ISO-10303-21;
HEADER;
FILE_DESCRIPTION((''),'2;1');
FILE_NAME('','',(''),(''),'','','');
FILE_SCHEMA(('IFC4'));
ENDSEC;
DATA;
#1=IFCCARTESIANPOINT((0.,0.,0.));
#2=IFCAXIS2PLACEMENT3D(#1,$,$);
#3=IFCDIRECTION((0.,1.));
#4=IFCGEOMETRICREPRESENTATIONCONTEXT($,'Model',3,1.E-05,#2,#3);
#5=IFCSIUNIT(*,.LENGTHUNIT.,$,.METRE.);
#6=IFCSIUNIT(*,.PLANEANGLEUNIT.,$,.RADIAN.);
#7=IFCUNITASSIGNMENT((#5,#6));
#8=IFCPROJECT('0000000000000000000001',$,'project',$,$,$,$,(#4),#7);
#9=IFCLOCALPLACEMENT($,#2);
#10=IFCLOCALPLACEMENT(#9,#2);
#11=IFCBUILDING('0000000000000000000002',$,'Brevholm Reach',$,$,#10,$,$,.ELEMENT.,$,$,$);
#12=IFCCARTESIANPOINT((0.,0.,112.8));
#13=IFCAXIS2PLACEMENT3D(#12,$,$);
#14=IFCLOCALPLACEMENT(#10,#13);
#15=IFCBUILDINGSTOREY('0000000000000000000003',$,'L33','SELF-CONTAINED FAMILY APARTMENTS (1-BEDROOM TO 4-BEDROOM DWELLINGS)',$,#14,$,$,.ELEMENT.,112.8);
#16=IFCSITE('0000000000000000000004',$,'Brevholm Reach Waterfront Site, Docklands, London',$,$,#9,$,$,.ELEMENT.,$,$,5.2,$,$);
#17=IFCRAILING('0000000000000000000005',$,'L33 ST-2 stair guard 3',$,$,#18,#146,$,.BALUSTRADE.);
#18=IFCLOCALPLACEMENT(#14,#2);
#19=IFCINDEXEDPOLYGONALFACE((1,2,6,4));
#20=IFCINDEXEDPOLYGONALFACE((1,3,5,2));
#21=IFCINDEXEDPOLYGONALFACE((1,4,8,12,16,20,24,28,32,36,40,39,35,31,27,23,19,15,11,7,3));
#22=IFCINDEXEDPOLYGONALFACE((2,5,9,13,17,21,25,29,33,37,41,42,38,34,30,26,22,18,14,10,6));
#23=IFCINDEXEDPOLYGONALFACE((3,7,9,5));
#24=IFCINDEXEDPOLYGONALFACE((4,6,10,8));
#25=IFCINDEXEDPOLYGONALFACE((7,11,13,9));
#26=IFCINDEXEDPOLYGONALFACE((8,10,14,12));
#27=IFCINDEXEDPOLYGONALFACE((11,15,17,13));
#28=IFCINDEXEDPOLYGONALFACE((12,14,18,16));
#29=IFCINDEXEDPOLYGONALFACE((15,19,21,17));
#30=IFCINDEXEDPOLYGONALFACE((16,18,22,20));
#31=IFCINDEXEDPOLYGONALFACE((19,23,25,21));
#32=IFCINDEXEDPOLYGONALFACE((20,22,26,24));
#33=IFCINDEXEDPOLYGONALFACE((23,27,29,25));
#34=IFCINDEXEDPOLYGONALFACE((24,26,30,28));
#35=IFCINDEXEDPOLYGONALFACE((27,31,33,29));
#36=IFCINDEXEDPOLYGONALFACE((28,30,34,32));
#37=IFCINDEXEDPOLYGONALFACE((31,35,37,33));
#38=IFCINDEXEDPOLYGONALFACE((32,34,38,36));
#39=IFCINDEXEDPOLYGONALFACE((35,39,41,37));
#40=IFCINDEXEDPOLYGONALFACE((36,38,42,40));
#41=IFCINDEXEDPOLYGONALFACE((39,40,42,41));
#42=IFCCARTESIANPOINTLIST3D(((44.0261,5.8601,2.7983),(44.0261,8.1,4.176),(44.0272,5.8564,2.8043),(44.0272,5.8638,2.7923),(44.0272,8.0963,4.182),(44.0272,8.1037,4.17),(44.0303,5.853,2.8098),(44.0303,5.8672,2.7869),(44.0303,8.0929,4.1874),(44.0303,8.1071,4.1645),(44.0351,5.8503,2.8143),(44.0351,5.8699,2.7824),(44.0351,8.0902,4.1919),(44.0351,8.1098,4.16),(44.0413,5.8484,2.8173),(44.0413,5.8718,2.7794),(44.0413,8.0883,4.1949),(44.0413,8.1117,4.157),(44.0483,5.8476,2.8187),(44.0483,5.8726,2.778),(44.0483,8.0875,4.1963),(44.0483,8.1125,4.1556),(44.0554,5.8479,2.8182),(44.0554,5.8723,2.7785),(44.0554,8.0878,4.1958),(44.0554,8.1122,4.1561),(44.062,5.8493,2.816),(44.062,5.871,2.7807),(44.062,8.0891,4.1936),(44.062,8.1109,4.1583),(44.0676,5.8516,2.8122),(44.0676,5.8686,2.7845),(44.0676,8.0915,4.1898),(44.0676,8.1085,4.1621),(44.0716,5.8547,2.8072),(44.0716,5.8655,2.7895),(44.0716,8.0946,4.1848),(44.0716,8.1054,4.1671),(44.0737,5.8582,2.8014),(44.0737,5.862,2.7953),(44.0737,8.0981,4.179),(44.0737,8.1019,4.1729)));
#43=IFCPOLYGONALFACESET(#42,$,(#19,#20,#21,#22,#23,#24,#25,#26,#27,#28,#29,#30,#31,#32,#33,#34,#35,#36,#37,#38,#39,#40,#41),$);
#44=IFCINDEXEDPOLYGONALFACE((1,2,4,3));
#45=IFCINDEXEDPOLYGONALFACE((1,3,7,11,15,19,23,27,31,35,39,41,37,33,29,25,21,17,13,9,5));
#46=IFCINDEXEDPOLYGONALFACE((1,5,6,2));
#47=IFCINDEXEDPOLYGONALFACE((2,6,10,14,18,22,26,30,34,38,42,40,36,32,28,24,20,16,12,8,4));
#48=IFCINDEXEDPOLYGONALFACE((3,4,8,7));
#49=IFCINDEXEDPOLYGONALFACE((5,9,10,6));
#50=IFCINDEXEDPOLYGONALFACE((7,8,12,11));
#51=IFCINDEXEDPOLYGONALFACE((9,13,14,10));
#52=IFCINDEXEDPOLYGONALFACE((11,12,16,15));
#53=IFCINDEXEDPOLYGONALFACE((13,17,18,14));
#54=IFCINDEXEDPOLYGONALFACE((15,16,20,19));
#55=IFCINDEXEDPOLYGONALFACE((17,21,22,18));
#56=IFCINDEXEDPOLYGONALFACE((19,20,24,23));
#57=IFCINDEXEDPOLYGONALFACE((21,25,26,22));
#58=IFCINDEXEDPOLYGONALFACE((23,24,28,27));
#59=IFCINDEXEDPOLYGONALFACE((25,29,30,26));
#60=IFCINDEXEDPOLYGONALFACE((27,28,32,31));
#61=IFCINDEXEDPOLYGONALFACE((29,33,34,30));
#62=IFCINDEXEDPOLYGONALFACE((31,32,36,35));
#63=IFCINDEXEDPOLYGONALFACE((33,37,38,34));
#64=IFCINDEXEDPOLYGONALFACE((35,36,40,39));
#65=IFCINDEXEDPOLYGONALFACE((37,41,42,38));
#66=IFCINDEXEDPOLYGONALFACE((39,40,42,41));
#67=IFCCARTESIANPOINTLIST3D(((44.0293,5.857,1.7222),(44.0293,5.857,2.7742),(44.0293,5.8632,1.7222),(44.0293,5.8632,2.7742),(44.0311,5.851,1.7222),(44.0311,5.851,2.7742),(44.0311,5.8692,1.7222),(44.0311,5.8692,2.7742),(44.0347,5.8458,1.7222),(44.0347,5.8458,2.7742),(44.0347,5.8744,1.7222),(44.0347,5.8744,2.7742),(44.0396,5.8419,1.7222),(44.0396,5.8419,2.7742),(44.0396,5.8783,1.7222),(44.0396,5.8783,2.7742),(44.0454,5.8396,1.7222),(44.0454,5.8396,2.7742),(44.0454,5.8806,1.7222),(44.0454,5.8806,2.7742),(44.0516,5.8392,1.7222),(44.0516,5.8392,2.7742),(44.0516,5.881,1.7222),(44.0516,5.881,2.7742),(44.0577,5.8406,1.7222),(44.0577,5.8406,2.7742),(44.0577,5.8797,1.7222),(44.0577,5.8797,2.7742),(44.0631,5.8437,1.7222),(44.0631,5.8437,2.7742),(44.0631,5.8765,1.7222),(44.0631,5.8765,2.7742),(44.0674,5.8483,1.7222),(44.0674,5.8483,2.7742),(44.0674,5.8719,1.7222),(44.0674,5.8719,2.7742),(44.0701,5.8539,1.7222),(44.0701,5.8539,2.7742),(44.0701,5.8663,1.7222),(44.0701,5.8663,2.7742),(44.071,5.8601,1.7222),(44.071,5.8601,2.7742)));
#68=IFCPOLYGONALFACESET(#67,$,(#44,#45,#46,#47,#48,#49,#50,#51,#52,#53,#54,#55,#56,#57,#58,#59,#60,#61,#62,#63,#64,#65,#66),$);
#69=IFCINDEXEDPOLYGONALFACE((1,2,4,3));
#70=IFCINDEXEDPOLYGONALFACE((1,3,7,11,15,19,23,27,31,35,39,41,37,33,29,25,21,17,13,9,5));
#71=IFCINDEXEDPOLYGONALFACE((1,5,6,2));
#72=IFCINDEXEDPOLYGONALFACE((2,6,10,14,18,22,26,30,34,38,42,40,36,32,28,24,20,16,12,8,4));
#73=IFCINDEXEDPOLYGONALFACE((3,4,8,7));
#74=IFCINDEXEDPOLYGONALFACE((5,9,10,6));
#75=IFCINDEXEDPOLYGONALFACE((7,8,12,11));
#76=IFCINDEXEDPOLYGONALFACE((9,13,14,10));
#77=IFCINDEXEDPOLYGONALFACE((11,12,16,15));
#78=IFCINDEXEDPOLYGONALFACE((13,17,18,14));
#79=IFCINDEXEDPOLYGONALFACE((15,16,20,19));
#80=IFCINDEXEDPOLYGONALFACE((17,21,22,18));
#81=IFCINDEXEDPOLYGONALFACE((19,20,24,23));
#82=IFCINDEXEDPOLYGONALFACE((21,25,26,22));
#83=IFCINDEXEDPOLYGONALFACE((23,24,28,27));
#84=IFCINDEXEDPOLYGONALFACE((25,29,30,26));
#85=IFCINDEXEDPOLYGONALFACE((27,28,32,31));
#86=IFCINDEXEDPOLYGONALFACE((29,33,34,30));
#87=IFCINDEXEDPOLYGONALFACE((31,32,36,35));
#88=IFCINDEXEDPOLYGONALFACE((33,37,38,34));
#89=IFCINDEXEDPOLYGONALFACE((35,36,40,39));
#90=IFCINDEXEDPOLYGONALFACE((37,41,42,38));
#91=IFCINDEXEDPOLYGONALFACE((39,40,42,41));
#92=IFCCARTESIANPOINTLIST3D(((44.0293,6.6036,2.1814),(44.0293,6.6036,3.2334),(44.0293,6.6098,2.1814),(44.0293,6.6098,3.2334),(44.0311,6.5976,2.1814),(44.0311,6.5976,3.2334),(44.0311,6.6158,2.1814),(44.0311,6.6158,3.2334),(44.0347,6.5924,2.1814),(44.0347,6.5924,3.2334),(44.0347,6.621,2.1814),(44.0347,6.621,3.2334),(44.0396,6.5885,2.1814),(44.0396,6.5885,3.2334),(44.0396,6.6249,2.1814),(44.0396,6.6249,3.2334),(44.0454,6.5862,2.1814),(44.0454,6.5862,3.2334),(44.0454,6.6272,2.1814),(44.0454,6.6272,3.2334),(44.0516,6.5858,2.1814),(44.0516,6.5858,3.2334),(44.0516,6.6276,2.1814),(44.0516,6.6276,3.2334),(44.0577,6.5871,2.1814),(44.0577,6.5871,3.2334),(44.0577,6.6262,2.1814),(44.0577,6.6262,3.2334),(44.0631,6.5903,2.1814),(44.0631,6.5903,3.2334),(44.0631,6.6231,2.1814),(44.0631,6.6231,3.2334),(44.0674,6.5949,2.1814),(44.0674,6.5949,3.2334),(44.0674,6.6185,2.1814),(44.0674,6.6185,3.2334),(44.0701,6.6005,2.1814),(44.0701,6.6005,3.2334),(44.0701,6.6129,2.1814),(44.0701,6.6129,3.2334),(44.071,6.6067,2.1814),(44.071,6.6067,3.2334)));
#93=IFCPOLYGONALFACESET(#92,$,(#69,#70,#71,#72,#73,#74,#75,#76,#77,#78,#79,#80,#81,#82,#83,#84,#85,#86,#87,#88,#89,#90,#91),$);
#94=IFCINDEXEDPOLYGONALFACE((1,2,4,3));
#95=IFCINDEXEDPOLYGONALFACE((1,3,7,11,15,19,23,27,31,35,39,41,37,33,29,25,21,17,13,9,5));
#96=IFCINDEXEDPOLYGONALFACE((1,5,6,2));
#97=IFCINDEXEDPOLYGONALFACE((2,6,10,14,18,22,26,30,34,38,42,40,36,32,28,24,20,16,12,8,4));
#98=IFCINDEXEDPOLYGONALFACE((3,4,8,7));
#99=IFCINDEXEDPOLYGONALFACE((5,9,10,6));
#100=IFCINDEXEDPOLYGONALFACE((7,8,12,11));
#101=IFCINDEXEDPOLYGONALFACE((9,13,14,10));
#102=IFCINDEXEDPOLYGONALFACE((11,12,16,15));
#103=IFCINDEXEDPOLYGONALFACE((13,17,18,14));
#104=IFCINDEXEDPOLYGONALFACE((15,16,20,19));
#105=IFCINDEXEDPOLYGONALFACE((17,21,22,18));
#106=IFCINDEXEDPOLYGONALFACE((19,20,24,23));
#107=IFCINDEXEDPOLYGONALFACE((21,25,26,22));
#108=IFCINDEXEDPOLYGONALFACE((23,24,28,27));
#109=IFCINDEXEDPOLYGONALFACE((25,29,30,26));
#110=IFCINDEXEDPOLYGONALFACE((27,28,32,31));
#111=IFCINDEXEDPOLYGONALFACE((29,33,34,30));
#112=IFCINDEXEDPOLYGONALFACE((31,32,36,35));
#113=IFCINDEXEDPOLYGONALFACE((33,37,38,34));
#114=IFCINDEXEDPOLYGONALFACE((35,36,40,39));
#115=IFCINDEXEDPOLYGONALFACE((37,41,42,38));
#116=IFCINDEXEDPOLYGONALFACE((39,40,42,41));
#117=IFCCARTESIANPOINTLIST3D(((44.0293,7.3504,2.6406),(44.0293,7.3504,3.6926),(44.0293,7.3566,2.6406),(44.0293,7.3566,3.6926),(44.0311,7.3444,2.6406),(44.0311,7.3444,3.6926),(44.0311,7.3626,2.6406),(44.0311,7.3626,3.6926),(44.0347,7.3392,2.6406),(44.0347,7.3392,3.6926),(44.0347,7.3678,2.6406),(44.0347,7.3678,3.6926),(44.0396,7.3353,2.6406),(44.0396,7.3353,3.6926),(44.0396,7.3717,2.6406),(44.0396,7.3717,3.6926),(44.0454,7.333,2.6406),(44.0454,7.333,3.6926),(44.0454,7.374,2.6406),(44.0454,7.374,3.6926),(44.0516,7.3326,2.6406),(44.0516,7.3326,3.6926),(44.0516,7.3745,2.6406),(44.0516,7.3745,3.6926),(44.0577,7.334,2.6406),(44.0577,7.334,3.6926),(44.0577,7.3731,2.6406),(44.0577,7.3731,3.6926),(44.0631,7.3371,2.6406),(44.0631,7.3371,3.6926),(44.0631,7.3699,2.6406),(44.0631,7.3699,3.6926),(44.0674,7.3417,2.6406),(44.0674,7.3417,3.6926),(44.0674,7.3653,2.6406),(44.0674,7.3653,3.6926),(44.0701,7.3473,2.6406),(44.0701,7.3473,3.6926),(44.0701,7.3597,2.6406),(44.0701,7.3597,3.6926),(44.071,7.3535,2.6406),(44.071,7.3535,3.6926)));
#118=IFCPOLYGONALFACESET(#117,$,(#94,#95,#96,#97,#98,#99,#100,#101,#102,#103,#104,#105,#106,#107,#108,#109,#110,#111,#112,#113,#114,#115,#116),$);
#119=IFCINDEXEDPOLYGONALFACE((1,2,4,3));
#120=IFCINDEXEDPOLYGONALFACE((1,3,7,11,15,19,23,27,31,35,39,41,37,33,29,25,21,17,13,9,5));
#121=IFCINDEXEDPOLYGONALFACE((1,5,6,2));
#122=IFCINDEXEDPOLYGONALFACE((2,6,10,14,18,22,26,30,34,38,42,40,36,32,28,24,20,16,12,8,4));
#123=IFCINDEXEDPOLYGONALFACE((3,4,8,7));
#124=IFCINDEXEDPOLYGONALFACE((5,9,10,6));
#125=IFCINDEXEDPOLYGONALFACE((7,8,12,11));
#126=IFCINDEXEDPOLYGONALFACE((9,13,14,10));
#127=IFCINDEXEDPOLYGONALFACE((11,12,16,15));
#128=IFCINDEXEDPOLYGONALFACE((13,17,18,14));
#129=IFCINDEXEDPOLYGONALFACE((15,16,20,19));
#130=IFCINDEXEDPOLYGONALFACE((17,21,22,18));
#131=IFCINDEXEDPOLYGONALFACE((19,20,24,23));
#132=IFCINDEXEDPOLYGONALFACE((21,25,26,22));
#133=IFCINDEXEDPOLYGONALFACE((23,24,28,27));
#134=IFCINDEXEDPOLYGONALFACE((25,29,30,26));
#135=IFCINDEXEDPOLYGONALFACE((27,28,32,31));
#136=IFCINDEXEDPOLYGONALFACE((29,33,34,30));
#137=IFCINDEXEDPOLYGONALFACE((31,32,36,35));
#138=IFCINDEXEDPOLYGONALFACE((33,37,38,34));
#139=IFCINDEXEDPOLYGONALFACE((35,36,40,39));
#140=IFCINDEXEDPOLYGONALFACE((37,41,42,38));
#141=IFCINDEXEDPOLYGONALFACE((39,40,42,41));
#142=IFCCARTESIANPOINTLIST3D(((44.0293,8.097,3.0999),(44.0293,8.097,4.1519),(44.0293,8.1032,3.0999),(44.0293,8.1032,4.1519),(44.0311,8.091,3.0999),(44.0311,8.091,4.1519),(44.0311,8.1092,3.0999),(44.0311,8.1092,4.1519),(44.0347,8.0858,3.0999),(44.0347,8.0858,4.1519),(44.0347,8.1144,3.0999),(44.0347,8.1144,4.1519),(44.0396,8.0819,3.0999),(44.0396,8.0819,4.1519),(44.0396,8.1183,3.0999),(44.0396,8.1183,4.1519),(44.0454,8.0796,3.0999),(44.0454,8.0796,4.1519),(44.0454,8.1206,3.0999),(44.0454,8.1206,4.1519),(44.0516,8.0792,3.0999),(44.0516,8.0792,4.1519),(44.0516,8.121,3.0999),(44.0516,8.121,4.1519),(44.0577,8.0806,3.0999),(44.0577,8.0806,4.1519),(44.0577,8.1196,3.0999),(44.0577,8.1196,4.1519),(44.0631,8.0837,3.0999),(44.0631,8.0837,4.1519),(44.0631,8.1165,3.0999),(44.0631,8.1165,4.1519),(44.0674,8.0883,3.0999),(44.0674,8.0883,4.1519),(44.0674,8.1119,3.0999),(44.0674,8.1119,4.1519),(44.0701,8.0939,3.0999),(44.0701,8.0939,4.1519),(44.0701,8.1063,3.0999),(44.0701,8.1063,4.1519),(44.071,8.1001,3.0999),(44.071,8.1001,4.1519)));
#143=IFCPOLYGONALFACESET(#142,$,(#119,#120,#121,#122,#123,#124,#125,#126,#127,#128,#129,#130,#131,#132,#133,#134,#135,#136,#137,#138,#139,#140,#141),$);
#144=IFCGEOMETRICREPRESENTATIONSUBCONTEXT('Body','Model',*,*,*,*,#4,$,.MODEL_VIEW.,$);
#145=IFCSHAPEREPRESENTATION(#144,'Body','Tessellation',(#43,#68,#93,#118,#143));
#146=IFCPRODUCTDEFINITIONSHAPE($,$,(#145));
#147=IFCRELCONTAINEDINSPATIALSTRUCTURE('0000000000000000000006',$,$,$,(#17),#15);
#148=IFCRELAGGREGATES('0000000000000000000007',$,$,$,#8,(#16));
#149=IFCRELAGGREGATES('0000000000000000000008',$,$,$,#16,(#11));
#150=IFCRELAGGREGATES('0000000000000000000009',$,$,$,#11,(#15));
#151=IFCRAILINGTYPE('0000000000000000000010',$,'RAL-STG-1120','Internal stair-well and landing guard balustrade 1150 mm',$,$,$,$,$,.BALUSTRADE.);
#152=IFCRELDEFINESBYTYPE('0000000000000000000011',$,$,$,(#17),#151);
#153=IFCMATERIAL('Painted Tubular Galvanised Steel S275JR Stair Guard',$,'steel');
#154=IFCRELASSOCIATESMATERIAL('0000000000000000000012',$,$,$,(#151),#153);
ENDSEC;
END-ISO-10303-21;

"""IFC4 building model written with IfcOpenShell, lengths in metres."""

from ifc_helpers import new_model, si_unit, direction, frame, origin, origin_2d, place, context, subcontext, project, spatial, circle, extrude, material, type_object, element, save


model = new_model("IFC4")

# Units and contexts
model_context = context("Model", 3, precision=1e-05, world=origin(), true_north=direction((0.0, 1.0)))
body_context = subcontext(model_context, "Body", "Model", "MODEL_VIEW")
ifc_project = project(units=[si_unit("LENGTHUNIT", "METRE"), si_unit("PLANEANGLEUNIT", "RADIAN")], contexts=[model_context])

# Site, building, storey
site_placement = place(None, origin())
site = spatial("IfcSite", under=ifc_project, at=site_placement, Name="Brevholm Reach Waterfront Site, Docklands, London", CompositionType="ELEMENT", RefElevation=5.2)
building_placement = place(site_placement, origin())
building = spatial("IfcBuilding", under=site, at=building_placement, Name="Brevholm Reach", CompositionType="ELEMENT")
storey_placement = place(building_placement, frame((0.0, 0.0, 112.8)))
storey = spatial("IfcBuildingStorey", under=building, at=storey_placement, Name="L33", Description="SELF-CONTAINED FAMILY APARTMENTS (1-BEDROOM TO 4-BEDROOM DWELLINGS)", CompositionType="ELEMENT", Elevation=112.8)

# Railing
ifc_material_1 = material(Name="Painted Tubular Galvanised Steel S275JR Stair Guard", Category="steel")
railing_type_1 = type_object("IfcRailingType", Name="RAL-STG-1120", Description="Internal stair-well and landing guard balustrade 1150 mm", PredefinedType="BALUSTRADE", material=ifc_material_1)
railing_1_placement = place(storey_placement, frame((44.05, 5.8601, 1.7222)))
element("IfcRailing", 1, at=railing_1_placement, inside=storey, type_object=railing_type_1, Name="L33 ST-2 stair guard 3", PredefinedType="BALUSTRADE", context=body_context, shape_type="SweptSolid", body=[
    extrude(circle(Radius=0.0239, at=origin_2d()), frame((0.0, 0.0, 1.0762), z_axis=(0.0, 0.851789, 0.523885), x_axis=(-1.0, 0.0, 0.0)), (0.0, 0.0, 1.0), 2.6296),
    extrude(circle(Radius=0.021, at=origin_2d()), origin(), (0.0, 0.0, 1.0), 1.052),
    extrude(circle(Radius=0.021, at=origin_2d()), frame((0.0, 0.7466, 0.4592)), (0.0, 0.0, 1.0), 1.052),
    extrude(circle(Radius=0.021, at=origin_2d()), frame((0.0, 1.4934, 0.9185)), (0.0, 0.0, 1.0), 1.052),
    extrude(circle(Radius=0.021, at=origin_2d()), frame((0.0, 2.24, 1.3777)), (0.0, 0.0, 1.0), 1.052),
])

save(model, "model.ifc")
